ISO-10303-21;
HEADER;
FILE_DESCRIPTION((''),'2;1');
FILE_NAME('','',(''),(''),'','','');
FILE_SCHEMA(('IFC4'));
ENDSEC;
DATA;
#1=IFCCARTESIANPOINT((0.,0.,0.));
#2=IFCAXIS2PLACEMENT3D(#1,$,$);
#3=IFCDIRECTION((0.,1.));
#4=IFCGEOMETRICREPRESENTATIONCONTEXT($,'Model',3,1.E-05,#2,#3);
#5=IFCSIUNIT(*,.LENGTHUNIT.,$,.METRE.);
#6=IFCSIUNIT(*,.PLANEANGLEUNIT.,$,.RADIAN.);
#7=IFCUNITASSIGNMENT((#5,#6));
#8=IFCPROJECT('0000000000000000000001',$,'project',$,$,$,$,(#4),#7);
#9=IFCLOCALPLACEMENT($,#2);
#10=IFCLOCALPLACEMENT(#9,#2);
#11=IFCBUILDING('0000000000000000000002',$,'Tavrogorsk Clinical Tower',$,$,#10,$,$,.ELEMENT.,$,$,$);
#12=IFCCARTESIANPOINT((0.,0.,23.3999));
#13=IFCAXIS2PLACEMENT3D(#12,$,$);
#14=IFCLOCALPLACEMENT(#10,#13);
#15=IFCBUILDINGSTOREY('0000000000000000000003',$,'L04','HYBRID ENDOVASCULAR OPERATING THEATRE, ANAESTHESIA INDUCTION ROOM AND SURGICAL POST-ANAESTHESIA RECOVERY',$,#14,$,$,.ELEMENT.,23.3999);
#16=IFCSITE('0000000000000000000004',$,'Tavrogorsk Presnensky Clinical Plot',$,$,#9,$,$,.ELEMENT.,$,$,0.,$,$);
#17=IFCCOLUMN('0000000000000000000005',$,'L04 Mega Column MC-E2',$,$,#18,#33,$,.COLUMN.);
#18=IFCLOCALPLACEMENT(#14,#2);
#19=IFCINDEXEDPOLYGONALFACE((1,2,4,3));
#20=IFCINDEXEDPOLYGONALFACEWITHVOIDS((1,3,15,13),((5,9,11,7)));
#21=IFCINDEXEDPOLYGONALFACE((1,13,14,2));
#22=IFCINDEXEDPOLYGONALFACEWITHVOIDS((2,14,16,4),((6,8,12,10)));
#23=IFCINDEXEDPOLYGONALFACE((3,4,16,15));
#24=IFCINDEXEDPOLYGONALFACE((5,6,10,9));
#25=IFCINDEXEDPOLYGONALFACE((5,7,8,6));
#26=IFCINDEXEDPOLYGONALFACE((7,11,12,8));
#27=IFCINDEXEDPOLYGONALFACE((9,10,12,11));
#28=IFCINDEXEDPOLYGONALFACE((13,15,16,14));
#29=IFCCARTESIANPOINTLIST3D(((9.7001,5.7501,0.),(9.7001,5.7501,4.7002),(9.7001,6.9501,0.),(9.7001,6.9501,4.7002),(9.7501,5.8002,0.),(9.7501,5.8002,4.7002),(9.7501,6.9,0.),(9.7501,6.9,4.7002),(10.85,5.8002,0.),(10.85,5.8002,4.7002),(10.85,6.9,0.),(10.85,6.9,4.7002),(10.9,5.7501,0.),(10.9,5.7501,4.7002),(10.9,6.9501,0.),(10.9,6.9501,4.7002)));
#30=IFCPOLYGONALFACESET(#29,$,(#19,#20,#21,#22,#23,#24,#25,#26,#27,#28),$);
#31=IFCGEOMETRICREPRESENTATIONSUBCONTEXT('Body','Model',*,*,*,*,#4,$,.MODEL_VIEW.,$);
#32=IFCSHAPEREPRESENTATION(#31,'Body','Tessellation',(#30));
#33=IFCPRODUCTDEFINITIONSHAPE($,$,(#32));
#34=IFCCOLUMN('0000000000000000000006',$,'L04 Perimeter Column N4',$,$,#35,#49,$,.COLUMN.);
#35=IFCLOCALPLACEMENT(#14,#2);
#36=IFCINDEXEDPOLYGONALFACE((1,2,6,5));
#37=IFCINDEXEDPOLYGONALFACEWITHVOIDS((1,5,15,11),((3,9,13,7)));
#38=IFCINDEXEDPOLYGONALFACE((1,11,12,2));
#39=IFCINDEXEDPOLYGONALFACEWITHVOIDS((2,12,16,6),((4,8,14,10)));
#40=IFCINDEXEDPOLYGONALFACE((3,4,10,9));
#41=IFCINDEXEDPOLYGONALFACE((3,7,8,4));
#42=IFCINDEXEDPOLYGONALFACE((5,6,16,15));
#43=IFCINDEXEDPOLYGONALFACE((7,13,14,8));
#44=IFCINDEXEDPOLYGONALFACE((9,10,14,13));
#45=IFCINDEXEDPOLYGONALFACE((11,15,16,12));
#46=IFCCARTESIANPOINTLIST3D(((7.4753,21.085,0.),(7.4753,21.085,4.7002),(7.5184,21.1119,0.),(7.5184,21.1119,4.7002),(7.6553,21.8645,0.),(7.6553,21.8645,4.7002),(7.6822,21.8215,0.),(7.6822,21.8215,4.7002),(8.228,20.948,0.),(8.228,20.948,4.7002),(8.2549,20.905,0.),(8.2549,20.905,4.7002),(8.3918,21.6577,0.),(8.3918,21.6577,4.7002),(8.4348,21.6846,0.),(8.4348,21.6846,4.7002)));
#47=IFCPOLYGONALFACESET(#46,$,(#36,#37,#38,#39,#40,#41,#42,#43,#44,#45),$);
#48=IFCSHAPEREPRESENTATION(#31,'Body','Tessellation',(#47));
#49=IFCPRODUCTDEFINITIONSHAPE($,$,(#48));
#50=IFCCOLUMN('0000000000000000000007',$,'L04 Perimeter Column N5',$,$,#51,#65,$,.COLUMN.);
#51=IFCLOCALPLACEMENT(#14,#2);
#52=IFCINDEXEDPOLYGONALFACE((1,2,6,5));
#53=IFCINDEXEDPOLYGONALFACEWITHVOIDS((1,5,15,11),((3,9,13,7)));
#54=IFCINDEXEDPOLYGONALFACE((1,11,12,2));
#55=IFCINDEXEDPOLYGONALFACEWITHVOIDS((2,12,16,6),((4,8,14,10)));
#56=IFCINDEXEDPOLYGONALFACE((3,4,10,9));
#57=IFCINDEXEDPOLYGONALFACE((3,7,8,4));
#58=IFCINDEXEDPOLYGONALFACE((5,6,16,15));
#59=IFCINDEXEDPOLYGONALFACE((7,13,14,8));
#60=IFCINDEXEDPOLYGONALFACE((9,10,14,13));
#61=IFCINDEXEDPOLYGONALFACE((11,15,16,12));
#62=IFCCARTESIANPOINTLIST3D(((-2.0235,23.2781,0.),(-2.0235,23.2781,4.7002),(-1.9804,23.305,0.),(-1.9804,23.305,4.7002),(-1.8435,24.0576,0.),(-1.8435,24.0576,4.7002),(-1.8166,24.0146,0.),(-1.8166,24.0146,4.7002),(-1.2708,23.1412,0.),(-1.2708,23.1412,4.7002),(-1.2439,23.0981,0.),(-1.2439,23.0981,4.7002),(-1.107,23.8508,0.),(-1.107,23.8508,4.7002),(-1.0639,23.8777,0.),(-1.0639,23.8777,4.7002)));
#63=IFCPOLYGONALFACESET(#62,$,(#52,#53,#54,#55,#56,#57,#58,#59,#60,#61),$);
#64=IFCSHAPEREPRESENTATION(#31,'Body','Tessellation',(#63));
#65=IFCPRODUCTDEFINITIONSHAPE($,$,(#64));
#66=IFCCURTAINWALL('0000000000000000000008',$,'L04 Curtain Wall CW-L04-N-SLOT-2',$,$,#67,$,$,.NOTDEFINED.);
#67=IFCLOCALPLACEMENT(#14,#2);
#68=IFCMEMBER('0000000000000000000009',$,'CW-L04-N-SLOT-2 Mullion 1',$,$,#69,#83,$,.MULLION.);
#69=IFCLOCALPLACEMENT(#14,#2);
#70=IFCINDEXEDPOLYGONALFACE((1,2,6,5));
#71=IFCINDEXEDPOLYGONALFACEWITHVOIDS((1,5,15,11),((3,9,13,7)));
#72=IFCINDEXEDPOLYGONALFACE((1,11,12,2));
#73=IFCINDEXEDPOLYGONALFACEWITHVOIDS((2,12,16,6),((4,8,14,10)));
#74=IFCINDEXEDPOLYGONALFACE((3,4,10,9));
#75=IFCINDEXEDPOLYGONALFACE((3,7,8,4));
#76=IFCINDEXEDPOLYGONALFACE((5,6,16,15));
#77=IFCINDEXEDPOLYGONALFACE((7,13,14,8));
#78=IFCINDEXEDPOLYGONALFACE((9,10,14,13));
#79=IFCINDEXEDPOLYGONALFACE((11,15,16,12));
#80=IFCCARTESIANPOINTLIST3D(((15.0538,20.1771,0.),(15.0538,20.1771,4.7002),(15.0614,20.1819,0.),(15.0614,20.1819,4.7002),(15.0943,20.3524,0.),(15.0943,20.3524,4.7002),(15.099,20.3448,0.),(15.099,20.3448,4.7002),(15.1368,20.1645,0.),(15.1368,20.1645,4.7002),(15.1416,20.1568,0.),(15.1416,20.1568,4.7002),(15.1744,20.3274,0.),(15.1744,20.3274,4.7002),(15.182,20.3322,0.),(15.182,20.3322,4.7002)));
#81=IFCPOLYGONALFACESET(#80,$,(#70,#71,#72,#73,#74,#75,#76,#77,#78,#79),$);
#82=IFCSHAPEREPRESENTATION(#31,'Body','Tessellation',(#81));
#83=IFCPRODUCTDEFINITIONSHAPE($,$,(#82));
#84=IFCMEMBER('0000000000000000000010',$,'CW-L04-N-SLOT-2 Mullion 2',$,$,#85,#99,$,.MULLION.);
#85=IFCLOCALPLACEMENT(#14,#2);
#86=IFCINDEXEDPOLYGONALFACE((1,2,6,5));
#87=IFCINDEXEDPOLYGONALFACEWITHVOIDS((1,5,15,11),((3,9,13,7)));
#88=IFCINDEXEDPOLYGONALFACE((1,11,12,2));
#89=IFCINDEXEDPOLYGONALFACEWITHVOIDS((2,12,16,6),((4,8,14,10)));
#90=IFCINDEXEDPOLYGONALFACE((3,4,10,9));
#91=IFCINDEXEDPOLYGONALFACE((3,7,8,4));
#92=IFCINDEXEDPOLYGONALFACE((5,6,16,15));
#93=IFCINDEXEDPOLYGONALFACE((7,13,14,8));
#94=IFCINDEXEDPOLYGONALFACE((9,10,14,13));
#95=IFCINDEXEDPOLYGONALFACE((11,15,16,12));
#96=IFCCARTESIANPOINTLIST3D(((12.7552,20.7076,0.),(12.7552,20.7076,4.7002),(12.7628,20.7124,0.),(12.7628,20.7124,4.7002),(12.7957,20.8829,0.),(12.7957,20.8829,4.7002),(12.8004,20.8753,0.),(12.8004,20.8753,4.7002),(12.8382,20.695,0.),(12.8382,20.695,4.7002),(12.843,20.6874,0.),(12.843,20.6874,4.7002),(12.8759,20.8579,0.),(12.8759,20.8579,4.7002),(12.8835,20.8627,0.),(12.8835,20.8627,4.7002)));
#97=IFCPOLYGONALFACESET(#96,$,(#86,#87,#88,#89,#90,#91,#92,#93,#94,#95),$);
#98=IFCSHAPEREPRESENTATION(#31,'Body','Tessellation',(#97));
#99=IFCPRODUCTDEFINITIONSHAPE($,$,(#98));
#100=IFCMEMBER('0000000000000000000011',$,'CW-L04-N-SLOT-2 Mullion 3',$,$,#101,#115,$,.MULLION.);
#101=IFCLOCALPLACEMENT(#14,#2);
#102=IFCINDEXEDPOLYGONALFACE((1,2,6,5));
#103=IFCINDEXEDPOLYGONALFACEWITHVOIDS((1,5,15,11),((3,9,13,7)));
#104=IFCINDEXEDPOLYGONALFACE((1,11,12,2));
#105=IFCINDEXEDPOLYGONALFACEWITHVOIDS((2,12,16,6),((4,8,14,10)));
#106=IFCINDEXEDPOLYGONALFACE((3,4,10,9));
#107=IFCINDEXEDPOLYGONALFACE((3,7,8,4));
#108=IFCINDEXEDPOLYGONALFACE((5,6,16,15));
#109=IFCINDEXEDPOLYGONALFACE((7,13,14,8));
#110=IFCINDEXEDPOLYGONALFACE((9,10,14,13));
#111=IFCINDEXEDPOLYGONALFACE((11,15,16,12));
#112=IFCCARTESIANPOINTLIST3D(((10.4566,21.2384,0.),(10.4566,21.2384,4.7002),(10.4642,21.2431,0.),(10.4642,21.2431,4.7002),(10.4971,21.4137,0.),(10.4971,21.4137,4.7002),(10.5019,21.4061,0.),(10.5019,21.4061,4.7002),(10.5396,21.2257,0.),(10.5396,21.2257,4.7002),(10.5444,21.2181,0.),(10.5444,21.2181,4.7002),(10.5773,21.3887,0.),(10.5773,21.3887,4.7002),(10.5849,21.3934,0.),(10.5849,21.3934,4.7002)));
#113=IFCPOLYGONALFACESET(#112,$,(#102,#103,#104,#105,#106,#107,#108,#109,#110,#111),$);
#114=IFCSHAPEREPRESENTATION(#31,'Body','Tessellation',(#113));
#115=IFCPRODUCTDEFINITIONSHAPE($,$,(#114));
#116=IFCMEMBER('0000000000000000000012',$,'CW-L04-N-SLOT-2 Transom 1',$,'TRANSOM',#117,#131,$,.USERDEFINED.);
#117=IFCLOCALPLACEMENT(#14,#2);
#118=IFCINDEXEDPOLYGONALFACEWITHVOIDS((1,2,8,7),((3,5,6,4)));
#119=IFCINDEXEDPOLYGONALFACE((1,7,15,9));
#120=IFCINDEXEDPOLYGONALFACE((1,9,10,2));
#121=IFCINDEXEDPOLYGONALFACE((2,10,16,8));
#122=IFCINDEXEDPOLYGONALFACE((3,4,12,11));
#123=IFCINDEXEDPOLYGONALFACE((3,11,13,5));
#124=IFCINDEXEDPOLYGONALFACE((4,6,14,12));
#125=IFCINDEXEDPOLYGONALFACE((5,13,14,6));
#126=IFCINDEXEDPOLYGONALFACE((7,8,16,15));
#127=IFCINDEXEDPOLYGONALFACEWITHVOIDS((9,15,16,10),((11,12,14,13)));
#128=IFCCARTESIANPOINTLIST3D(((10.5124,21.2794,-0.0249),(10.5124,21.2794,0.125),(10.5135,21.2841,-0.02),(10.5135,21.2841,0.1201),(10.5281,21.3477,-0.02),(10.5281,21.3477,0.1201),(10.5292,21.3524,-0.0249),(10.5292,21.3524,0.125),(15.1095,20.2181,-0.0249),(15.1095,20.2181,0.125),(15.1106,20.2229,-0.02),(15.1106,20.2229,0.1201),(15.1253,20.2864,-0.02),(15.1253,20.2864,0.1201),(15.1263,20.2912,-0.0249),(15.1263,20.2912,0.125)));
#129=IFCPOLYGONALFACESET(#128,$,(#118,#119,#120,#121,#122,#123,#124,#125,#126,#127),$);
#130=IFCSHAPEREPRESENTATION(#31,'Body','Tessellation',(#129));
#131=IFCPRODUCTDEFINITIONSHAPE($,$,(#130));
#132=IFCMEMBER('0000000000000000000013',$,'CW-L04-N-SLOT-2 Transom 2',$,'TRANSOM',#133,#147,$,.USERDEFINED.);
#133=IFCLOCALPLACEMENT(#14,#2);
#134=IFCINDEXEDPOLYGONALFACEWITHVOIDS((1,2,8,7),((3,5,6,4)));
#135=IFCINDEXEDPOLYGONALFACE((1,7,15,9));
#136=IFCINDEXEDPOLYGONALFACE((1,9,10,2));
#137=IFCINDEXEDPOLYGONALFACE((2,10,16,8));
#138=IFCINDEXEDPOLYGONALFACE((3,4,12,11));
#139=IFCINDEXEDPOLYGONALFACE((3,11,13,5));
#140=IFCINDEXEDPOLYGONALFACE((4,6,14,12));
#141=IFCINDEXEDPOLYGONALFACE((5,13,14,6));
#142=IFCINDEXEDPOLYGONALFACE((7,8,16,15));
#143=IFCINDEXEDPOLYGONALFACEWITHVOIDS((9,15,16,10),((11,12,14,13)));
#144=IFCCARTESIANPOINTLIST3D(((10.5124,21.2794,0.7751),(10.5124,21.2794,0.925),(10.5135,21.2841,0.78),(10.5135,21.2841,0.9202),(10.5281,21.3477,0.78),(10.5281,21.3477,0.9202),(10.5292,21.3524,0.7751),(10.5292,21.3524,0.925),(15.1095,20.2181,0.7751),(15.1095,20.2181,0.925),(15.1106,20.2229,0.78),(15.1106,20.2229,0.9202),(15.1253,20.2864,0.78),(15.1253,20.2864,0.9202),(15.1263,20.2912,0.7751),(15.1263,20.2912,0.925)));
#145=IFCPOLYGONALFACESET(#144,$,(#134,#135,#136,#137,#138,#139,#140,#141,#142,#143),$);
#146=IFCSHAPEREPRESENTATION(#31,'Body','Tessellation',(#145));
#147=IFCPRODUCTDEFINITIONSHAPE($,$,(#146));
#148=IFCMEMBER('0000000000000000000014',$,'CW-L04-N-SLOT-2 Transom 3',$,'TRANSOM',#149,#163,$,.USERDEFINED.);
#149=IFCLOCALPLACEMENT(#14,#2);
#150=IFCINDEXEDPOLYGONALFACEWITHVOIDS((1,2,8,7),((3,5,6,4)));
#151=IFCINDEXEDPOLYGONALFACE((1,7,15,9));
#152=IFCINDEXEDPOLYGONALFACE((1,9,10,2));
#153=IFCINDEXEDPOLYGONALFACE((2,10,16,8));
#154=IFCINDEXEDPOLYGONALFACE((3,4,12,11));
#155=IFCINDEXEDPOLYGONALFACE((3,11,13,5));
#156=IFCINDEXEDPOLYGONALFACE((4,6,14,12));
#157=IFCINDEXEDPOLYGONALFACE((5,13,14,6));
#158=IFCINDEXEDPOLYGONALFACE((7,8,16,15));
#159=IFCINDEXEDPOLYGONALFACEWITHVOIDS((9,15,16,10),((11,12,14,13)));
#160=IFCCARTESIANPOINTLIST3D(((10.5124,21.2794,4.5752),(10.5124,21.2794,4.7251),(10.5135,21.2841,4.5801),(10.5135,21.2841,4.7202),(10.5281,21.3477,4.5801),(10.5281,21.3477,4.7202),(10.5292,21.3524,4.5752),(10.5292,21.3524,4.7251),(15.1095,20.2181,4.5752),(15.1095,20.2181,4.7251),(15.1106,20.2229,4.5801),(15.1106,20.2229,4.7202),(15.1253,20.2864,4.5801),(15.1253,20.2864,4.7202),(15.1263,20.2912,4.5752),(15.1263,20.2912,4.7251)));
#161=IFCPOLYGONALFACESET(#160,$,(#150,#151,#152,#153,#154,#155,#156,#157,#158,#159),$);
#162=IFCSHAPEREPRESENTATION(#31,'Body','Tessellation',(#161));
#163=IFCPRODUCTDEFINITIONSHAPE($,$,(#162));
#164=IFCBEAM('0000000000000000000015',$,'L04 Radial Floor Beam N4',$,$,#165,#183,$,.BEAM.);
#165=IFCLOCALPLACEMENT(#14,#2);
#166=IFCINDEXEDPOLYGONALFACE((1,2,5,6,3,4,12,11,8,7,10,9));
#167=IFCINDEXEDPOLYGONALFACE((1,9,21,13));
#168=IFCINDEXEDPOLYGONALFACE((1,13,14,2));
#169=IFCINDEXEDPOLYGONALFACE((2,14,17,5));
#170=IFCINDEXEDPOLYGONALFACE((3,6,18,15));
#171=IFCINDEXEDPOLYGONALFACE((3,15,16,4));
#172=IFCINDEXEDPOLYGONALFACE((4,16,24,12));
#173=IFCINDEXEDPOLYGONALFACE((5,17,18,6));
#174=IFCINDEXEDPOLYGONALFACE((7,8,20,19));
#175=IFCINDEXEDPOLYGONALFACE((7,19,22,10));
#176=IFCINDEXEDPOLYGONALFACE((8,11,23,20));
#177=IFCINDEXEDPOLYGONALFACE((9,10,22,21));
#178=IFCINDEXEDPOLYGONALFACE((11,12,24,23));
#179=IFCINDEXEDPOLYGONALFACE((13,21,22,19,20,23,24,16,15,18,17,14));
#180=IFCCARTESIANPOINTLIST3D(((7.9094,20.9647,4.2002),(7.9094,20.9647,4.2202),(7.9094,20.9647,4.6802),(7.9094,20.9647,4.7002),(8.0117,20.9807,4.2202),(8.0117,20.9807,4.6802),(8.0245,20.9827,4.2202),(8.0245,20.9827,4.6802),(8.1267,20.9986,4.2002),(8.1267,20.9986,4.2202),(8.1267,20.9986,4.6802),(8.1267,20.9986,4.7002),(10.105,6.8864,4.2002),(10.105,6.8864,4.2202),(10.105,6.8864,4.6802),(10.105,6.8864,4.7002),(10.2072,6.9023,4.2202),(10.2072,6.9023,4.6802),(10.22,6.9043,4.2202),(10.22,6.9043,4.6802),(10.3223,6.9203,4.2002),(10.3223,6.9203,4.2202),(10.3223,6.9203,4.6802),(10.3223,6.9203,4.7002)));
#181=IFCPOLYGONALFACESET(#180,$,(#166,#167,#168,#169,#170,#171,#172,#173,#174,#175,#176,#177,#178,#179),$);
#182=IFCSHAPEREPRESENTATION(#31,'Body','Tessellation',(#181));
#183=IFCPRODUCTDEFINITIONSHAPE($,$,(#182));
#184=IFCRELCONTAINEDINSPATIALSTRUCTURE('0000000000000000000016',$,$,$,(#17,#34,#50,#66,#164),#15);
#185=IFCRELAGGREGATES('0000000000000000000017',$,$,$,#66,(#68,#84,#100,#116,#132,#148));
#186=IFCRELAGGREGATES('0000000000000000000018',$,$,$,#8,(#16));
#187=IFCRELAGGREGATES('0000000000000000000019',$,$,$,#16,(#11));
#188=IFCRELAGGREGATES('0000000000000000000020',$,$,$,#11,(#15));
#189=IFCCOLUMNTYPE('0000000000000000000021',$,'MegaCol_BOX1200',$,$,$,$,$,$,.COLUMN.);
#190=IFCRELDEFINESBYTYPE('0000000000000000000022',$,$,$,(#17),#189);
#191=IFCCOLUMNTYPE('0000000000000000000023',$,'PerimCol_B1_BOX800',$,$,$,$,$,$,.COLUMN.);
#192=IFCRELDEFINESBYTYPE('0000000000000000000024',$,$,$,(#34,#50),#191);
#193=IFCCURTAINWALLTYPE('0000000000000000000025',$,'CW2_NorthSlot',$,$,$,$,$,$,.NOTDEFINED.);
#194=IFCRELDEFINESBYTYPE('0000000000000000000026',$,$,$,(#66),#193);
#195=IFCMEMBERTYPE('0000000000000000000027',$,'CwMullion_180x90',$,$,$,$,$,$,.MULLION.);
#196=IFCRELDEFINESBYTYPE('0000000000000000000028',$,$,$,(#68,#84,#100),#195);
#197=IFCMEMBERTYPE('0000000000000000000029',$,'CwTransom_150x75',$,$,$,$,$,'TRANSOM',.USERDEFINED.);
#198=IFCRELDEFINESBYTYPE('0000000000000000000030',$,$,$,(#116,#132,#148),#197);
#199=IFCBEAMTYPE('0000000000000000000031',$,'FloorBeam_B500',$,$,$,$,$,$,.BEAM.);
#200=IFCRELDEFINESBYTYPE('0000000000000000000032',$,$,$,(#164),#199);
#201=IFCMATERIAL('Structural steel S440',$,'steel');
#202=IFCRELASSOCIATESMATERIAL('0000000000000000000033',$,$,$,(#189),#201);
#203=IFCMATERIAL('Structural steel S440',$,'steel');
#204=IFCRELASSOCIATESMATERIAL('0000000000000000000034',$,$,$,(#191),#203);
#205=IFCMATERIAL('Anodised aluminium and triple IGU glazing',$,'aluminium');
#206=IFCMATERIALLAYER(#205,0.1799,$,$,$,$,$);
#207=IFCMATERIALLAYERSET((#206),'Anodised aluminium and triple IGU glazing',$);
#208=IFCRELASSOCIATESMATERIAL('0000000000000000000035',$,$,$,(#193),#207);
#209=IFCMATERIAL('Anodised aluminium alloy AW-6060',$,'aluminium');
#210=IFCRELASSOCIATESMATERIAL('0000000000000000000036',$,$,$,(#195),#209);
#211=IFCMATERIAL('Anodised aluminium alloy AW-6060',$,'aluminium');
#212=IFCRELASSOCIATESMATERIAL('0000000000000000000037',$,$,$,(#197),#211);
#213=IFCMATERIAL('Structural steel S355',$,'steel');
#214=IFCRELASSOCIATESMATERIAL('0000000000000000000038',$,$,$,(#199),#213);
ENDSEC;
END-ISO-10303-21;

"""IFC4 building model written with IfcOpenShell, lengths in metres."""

from ifc_helpers import new_model, si_unit, direction, frame, origin, origin_2d, place, context, subcontext, project, spatial, hollow_rectangle, i_section, extrude, material, layer, layer_set, material_profile, profile_set, type_object, element, aggregate, save


model = new_model("IFC4")

# Units and contexts
model_context = context("Model", 3, precision=1e-05, world=origin(), true_north=direction((0.0, 1.0)))
body_context = subcontext(model_context, "Body", "Model", "MODEL_VIEW")
ifc_project = project(units=[si_unit("LENGTHUNIT", "METRE"), si_unit("PLANEANGLEUNIT", "RADIAN")], contexts=[model_context])

# Site, building, storey
site_placement = place(None, origin())
site = spatial("IfcSite", under=ifc_project, at=site_placement, Name="Tavrogorsk Presnensky Clinical Plot", CompositionType="ELEMENT", RefElevation=0.0)
building_placement = place(site_placement, origin())
building = spatial("IfcBuilding", under=site, at=building_placement, Name="Tavrogorsk Clinical Tower", CompositionType="ELEMENT")
storey_placement = place(building_placement, frame((0.0, 0.0, 23.3999)))
storey = spatial("IfcBuildingStorey", under=building, at=storey_placement, Name="L04", Description="HYBRID ENDOVASCULAR OPERATING THEATRE, ANAESTHESIA INDUCTION ROOM AND SURGICAL POST-ANAESTHESIA RECOVERY", CompositionType="ELEMENT", Elevation=23.3999)

# Columns
ifc_material_1 = material(Name="Structural steel S440", Category="steel")
ifc_material_profile_1 = material_profile(ifc_material_1, hollow_rectangle(XDim=1.2, YDim=1.2, WallThickness=0.05, at=origin_2d()), Name="BOX-1200x1200x50")
ifc_profile_set_1 = profile_set([ifc_material_profile_1], Name="Structural steel S440")
column_type_1 = type_object("IfcColumnType", Name="MegaCol_BOX1200", PredefinedType="COLUMN", material=ifc_profile_set_1)
column_placement = place(storey_placement, frame((10.3, 6.3501, 0.0), z_axis=(0.0, 0.0, 1.0), x_axis=(1.0, 0.0, 0.0)))
element("IfcColumn", 1, at=column_placement, inside=storey, type_object=column_type_1, Name="L04 Mega Column MC-E2", PredefinedType="COLUMN", context=body_context, shape_type="SweptSolid", body=[
    extrude(hollow_rectangle(XDim=1.2, YDim=1.2, WallThickness=0.05, at=origin_2d()), origin(), (0.0, 0.0, 1.0), 4.7002),
])
ifc_material_2 = material(Name="Structural steel S440", Category="steel")
ifc_material_profile_2 = material_profile(ifc_material_2, hollow_rectangle(XDim=0.8, YDim=0.8, WallThickness=0.0359, at=origin_2d()), Name="BOX-800x800x36")
ifc_profile_set_2 = profile_set([ifc_material_profile_2], Name="Structural steel S440")
column_type_2 = type_object("IfcColumnType", Name="PerimCol_B1_BOX800", PredefinedType="COLUMN", material=ifc_profile_set_2)
for number, where, z_axis, x_axis, name in (
    (2, (7.9551, 21.3848, 0.0), (0.0, 0.0, 1.0), (0.97437, -0.224951, 0.0), "L04 Perimeter Column N4"),
    (3, (-1.5437, 23.5779, 0.0), (0.0, 0.0, 1.0), (0.97437, -0.224951, 0.0), "L04 Perimeter Column N5"),
):
    element("IfcColumn", number, at=place(storey_placement, frame(where, z_axis=z_axis, x_axis=x_axis)), inside=storey, type_object=column_type_2, Name=name, PredefinedType="COLUMN", context=body_context, shape_type="SweptSolid", body=[
        extrude(hollow_rectangle(XDim=0.8, YDim=0.8, WallThickness=0.0359, at=origin_2d()), origin(), (0.0, 0.0, 1.0), 4.7002),
    ])

# Curtain wall, members
ifc_material_3 = material(Name="Anodised aluminium and triple IGU glazing", Category="aluminium")
ifc_layer_1 = layer(ifc_material_3, 0.1799)
ifc_layer_set_1 = layer_set([ifc_layer_1], Name="Anodised aluminium and triple IGU glazing")
curtain_wall_type = type_object("IfcCurtainWallType", Name="CW2_NorthSlot", PredefinedType="NOTDEFINED", material=ifc_layer_set_1)
curtain_wall_placement = place(storey_placement, origin())
curtain_wall = element("IfcCurtainWall", 4, at=curtain_wall_placement, inside=storey, type_object=curtain_wall_type, Name="L04 Curtain Wall CW-L04-N-SLOT-2", PredefinedType="NOTDEFINED")
ifc_material_4 = material(Name="Anodised aluminium alloy AW-6060", Category="aluminium")
ifc_material_profile_3 = material_profile(ifc_material_4, hollow_rectangle(XDim=0.0901, YDim=0.1799, WallThickness=0.0063, at=origin_2d()), Name="RHS-180x90x6.3")
ifc_profile_set_3 = profile_set([ifc_material_profile_3], Name="Anodised aluminium alloy AW-6060")
member_type_1 = type_object("IfcMemberType", Name="CwMullion_180x90", PredefinedType="MULLION", material=ifc_profile_set_3)
member_1_placement = place(storey_placement, frame((15.1179, 20.2546, 0.0), z_axis=(0.0, 0.0, 1.0), x_axis=(-0.97437, 0.224951, 0.0)))
member_1 = element("IfcMember", 5, at=member_1_placement, type_object=member_type_1, Name="CW-L04-N-SLOT-2 Mullion 1", PredefinedType="MULLION", context=body_context, shape_type="SweptSolid", body=[
    extrude(hollow_rectangle(XDim=0.0901, YDim=0.1799, WallThickness=0.0063, at=origin_2d()), origin(), (0.0, 0.0, 1.0), 4.7002),
])
member_2_placement = place(storey_placement, frame((12.8193, 20.7852, 0.0), z_axis=(0.0, 0.0, 1.0), x_axis=(-0.97437, 0.224951, 0.0)))
member_2 = element("IfcMember", 6, at=member_2_placement, type_object=member_type_1, Name="CW-L04-N-SLOT-2 Mullion 2", PredefinedType="MULLION", context=body_context, shape_type="SweptSolid", body=[
    extrude(hollow_rectangle(XDim=0.0901, YDim=0.1799, WallThickness=0.0063, at=origin_2d()), origin(), (0.0, 0.0, 1.0), 4.7002),
])
member_3_placement = place(storey_placement, frame((10.5208, 21.3159, 0.0), z_axis=(0.0, 0.0, 1.0), x_axis=(-0.97437, 0.224951, 0.0)))
member_3 = element("IfcMember", 7, at=member_3_placement, type_object=member_type_1, Name="CW-L04-N-SLOT-2 Mullion 3", PredefinedType="MULLION", context=body_context, shape_type="SweptSolid", body=[
    extrude(hollow_rectangle(XDim=0.0901, YDim=0.1799, WallThickness=0.0063, at=origin_2d()), origin(), (0.0, 0.0, 1.0), 4.7002),
])
ifc_material_5 = material(Name="Anodised aluminium alloy AW-6060", Category="aluminium")
ifc_material_profile_4 = material_profile(ifc_material_5, hollow_rectangle(XDim=0.075, YDim=0.1499, WallThickness=0.0049, at=origin_2d()), Name="RHS-150x75x5")
ifc_profile_set_4 = profile_set([ifc_material_profile_4], Name="Anodised aluminium alloy AW-6060")
member_type_2 = type_object("IfcMemberType", Name="CwTransom_150x75", ElementType="TRANSOM", PredefinedType="USERDEFINED", material=ifc_profile_set_4)
member_4_placement = place(storey_placement, frame((15.1179, 20.2546, 0.05), z_axis=(-0.974373, 0.224939, 0.0), x_axis=(-0.224939, -0.974373, 0.0)))
member_4 = element("IfcMember", 8, at=member_4_placement, type_object=member_type_2, Name="CW-L04-N-SLOT-2 Transom 1", ObjectType="TRANSOM", PredefinedType="USERDEFINED", context=body_context, shape_type="SweptSolid", body=[
    extrude(hollow_rectangle(XDim=0.075, YDim=0.1499, WallThickness=0.0049, at=origin_2d()), origin(), (0.0, 0.0, 1.0), 4.718),
])
member_5_placement = place(storey_placement, frame((15.1179, 20.2546, 0.8501), z_axis=(-0.974373, 0.224939, 0.0), x_axis=(-0.224939, -0.974373, 0.0)))
member_5 = element("IfcMember", 9, at=member_5_placement, type_object=member_type_2, Name="CW-L04-N-SLOT-2 Transom 2", ObjectType="TRANSOM", PredefinedType="USERDEFINED", context=body_context, shape_type="SweptSolid", body=[
    extrude(hollow_rectangle(XDim=0.075, YDim=0.1499, WallThickness=0.0049, at=origin_2d()), origin(), (0.0, 0.0, 1.0), 4.718),
])
member_6_placement = place(storey_placement, frame((15.1179, 20.2546, 4.6501), z_axis=(-0.974373, 0.224939, 0.0), x_axis=(-0.224939, -0.974373, 0.0)))
member_6 = element("IfcMember", 10, at=member_6_placement, type_object=member_type_2, Name="CW-L04-N-SLOT-2 Transom 3", ObjectType="TRANSOM", PredefinedType="USERDEFINED", context=body_context, shape_type="SweptSolid", body=[
    extrude(hollow_rectangle(XDim=0.075, YDim=0.1499, WallThickness=0.0049, at=origin_2d()), origin(), (0.0, 0.0, 1.0), 4.718),
])

# Beam
ifc_material_6 = material(Name="Structural steel S355", Category="steel")
ifc_material_profile_5 = material_profile(ifc_material_6, i_section(OverallWidth=0.22, OverallDepth=0.5, WebThickness=0.0129, FlangeThickness=0.02, at=origin_2d()), Name="B-500x220x13x20")
ifc_profile_set_5 = profile_set([ifc_material_profile_5], Name="Structural steel S355")
beam_type_1 = type_object("IfcBeamType", Name="FloorBeam_B500", PredefinedType="BEAM", material=ifc_profile_set_5)
beam_placement = place(storey_placement, frame((10.2136, 6.9033, 4.4502), z_axis=(-0.15409, 0.988057, 0.0), x_axis=(-0.988057, -0.15409, 0.0)))
element("IfcBeam", 11, at=beam_placement, inside=storey, type_object=beam_type_1, Name="L04 Radial Floor Beam N4", PredefinedType="BEAM", context=body_context, shape_type="SweptSolid", body=[
    extrude(i_section(OverallWidth=0.22, OverallDepth=0.5, WebThickness=0.0129, FlangeThickness=0.02, at=origin_2d()), origin(), (0.0, 0.0, 1.0), 14.2485),
])

aggregate(curtain_wall, [member_1, member_2, member_3, member_4, member_5, member_6])

save(model, "model.ifc")
